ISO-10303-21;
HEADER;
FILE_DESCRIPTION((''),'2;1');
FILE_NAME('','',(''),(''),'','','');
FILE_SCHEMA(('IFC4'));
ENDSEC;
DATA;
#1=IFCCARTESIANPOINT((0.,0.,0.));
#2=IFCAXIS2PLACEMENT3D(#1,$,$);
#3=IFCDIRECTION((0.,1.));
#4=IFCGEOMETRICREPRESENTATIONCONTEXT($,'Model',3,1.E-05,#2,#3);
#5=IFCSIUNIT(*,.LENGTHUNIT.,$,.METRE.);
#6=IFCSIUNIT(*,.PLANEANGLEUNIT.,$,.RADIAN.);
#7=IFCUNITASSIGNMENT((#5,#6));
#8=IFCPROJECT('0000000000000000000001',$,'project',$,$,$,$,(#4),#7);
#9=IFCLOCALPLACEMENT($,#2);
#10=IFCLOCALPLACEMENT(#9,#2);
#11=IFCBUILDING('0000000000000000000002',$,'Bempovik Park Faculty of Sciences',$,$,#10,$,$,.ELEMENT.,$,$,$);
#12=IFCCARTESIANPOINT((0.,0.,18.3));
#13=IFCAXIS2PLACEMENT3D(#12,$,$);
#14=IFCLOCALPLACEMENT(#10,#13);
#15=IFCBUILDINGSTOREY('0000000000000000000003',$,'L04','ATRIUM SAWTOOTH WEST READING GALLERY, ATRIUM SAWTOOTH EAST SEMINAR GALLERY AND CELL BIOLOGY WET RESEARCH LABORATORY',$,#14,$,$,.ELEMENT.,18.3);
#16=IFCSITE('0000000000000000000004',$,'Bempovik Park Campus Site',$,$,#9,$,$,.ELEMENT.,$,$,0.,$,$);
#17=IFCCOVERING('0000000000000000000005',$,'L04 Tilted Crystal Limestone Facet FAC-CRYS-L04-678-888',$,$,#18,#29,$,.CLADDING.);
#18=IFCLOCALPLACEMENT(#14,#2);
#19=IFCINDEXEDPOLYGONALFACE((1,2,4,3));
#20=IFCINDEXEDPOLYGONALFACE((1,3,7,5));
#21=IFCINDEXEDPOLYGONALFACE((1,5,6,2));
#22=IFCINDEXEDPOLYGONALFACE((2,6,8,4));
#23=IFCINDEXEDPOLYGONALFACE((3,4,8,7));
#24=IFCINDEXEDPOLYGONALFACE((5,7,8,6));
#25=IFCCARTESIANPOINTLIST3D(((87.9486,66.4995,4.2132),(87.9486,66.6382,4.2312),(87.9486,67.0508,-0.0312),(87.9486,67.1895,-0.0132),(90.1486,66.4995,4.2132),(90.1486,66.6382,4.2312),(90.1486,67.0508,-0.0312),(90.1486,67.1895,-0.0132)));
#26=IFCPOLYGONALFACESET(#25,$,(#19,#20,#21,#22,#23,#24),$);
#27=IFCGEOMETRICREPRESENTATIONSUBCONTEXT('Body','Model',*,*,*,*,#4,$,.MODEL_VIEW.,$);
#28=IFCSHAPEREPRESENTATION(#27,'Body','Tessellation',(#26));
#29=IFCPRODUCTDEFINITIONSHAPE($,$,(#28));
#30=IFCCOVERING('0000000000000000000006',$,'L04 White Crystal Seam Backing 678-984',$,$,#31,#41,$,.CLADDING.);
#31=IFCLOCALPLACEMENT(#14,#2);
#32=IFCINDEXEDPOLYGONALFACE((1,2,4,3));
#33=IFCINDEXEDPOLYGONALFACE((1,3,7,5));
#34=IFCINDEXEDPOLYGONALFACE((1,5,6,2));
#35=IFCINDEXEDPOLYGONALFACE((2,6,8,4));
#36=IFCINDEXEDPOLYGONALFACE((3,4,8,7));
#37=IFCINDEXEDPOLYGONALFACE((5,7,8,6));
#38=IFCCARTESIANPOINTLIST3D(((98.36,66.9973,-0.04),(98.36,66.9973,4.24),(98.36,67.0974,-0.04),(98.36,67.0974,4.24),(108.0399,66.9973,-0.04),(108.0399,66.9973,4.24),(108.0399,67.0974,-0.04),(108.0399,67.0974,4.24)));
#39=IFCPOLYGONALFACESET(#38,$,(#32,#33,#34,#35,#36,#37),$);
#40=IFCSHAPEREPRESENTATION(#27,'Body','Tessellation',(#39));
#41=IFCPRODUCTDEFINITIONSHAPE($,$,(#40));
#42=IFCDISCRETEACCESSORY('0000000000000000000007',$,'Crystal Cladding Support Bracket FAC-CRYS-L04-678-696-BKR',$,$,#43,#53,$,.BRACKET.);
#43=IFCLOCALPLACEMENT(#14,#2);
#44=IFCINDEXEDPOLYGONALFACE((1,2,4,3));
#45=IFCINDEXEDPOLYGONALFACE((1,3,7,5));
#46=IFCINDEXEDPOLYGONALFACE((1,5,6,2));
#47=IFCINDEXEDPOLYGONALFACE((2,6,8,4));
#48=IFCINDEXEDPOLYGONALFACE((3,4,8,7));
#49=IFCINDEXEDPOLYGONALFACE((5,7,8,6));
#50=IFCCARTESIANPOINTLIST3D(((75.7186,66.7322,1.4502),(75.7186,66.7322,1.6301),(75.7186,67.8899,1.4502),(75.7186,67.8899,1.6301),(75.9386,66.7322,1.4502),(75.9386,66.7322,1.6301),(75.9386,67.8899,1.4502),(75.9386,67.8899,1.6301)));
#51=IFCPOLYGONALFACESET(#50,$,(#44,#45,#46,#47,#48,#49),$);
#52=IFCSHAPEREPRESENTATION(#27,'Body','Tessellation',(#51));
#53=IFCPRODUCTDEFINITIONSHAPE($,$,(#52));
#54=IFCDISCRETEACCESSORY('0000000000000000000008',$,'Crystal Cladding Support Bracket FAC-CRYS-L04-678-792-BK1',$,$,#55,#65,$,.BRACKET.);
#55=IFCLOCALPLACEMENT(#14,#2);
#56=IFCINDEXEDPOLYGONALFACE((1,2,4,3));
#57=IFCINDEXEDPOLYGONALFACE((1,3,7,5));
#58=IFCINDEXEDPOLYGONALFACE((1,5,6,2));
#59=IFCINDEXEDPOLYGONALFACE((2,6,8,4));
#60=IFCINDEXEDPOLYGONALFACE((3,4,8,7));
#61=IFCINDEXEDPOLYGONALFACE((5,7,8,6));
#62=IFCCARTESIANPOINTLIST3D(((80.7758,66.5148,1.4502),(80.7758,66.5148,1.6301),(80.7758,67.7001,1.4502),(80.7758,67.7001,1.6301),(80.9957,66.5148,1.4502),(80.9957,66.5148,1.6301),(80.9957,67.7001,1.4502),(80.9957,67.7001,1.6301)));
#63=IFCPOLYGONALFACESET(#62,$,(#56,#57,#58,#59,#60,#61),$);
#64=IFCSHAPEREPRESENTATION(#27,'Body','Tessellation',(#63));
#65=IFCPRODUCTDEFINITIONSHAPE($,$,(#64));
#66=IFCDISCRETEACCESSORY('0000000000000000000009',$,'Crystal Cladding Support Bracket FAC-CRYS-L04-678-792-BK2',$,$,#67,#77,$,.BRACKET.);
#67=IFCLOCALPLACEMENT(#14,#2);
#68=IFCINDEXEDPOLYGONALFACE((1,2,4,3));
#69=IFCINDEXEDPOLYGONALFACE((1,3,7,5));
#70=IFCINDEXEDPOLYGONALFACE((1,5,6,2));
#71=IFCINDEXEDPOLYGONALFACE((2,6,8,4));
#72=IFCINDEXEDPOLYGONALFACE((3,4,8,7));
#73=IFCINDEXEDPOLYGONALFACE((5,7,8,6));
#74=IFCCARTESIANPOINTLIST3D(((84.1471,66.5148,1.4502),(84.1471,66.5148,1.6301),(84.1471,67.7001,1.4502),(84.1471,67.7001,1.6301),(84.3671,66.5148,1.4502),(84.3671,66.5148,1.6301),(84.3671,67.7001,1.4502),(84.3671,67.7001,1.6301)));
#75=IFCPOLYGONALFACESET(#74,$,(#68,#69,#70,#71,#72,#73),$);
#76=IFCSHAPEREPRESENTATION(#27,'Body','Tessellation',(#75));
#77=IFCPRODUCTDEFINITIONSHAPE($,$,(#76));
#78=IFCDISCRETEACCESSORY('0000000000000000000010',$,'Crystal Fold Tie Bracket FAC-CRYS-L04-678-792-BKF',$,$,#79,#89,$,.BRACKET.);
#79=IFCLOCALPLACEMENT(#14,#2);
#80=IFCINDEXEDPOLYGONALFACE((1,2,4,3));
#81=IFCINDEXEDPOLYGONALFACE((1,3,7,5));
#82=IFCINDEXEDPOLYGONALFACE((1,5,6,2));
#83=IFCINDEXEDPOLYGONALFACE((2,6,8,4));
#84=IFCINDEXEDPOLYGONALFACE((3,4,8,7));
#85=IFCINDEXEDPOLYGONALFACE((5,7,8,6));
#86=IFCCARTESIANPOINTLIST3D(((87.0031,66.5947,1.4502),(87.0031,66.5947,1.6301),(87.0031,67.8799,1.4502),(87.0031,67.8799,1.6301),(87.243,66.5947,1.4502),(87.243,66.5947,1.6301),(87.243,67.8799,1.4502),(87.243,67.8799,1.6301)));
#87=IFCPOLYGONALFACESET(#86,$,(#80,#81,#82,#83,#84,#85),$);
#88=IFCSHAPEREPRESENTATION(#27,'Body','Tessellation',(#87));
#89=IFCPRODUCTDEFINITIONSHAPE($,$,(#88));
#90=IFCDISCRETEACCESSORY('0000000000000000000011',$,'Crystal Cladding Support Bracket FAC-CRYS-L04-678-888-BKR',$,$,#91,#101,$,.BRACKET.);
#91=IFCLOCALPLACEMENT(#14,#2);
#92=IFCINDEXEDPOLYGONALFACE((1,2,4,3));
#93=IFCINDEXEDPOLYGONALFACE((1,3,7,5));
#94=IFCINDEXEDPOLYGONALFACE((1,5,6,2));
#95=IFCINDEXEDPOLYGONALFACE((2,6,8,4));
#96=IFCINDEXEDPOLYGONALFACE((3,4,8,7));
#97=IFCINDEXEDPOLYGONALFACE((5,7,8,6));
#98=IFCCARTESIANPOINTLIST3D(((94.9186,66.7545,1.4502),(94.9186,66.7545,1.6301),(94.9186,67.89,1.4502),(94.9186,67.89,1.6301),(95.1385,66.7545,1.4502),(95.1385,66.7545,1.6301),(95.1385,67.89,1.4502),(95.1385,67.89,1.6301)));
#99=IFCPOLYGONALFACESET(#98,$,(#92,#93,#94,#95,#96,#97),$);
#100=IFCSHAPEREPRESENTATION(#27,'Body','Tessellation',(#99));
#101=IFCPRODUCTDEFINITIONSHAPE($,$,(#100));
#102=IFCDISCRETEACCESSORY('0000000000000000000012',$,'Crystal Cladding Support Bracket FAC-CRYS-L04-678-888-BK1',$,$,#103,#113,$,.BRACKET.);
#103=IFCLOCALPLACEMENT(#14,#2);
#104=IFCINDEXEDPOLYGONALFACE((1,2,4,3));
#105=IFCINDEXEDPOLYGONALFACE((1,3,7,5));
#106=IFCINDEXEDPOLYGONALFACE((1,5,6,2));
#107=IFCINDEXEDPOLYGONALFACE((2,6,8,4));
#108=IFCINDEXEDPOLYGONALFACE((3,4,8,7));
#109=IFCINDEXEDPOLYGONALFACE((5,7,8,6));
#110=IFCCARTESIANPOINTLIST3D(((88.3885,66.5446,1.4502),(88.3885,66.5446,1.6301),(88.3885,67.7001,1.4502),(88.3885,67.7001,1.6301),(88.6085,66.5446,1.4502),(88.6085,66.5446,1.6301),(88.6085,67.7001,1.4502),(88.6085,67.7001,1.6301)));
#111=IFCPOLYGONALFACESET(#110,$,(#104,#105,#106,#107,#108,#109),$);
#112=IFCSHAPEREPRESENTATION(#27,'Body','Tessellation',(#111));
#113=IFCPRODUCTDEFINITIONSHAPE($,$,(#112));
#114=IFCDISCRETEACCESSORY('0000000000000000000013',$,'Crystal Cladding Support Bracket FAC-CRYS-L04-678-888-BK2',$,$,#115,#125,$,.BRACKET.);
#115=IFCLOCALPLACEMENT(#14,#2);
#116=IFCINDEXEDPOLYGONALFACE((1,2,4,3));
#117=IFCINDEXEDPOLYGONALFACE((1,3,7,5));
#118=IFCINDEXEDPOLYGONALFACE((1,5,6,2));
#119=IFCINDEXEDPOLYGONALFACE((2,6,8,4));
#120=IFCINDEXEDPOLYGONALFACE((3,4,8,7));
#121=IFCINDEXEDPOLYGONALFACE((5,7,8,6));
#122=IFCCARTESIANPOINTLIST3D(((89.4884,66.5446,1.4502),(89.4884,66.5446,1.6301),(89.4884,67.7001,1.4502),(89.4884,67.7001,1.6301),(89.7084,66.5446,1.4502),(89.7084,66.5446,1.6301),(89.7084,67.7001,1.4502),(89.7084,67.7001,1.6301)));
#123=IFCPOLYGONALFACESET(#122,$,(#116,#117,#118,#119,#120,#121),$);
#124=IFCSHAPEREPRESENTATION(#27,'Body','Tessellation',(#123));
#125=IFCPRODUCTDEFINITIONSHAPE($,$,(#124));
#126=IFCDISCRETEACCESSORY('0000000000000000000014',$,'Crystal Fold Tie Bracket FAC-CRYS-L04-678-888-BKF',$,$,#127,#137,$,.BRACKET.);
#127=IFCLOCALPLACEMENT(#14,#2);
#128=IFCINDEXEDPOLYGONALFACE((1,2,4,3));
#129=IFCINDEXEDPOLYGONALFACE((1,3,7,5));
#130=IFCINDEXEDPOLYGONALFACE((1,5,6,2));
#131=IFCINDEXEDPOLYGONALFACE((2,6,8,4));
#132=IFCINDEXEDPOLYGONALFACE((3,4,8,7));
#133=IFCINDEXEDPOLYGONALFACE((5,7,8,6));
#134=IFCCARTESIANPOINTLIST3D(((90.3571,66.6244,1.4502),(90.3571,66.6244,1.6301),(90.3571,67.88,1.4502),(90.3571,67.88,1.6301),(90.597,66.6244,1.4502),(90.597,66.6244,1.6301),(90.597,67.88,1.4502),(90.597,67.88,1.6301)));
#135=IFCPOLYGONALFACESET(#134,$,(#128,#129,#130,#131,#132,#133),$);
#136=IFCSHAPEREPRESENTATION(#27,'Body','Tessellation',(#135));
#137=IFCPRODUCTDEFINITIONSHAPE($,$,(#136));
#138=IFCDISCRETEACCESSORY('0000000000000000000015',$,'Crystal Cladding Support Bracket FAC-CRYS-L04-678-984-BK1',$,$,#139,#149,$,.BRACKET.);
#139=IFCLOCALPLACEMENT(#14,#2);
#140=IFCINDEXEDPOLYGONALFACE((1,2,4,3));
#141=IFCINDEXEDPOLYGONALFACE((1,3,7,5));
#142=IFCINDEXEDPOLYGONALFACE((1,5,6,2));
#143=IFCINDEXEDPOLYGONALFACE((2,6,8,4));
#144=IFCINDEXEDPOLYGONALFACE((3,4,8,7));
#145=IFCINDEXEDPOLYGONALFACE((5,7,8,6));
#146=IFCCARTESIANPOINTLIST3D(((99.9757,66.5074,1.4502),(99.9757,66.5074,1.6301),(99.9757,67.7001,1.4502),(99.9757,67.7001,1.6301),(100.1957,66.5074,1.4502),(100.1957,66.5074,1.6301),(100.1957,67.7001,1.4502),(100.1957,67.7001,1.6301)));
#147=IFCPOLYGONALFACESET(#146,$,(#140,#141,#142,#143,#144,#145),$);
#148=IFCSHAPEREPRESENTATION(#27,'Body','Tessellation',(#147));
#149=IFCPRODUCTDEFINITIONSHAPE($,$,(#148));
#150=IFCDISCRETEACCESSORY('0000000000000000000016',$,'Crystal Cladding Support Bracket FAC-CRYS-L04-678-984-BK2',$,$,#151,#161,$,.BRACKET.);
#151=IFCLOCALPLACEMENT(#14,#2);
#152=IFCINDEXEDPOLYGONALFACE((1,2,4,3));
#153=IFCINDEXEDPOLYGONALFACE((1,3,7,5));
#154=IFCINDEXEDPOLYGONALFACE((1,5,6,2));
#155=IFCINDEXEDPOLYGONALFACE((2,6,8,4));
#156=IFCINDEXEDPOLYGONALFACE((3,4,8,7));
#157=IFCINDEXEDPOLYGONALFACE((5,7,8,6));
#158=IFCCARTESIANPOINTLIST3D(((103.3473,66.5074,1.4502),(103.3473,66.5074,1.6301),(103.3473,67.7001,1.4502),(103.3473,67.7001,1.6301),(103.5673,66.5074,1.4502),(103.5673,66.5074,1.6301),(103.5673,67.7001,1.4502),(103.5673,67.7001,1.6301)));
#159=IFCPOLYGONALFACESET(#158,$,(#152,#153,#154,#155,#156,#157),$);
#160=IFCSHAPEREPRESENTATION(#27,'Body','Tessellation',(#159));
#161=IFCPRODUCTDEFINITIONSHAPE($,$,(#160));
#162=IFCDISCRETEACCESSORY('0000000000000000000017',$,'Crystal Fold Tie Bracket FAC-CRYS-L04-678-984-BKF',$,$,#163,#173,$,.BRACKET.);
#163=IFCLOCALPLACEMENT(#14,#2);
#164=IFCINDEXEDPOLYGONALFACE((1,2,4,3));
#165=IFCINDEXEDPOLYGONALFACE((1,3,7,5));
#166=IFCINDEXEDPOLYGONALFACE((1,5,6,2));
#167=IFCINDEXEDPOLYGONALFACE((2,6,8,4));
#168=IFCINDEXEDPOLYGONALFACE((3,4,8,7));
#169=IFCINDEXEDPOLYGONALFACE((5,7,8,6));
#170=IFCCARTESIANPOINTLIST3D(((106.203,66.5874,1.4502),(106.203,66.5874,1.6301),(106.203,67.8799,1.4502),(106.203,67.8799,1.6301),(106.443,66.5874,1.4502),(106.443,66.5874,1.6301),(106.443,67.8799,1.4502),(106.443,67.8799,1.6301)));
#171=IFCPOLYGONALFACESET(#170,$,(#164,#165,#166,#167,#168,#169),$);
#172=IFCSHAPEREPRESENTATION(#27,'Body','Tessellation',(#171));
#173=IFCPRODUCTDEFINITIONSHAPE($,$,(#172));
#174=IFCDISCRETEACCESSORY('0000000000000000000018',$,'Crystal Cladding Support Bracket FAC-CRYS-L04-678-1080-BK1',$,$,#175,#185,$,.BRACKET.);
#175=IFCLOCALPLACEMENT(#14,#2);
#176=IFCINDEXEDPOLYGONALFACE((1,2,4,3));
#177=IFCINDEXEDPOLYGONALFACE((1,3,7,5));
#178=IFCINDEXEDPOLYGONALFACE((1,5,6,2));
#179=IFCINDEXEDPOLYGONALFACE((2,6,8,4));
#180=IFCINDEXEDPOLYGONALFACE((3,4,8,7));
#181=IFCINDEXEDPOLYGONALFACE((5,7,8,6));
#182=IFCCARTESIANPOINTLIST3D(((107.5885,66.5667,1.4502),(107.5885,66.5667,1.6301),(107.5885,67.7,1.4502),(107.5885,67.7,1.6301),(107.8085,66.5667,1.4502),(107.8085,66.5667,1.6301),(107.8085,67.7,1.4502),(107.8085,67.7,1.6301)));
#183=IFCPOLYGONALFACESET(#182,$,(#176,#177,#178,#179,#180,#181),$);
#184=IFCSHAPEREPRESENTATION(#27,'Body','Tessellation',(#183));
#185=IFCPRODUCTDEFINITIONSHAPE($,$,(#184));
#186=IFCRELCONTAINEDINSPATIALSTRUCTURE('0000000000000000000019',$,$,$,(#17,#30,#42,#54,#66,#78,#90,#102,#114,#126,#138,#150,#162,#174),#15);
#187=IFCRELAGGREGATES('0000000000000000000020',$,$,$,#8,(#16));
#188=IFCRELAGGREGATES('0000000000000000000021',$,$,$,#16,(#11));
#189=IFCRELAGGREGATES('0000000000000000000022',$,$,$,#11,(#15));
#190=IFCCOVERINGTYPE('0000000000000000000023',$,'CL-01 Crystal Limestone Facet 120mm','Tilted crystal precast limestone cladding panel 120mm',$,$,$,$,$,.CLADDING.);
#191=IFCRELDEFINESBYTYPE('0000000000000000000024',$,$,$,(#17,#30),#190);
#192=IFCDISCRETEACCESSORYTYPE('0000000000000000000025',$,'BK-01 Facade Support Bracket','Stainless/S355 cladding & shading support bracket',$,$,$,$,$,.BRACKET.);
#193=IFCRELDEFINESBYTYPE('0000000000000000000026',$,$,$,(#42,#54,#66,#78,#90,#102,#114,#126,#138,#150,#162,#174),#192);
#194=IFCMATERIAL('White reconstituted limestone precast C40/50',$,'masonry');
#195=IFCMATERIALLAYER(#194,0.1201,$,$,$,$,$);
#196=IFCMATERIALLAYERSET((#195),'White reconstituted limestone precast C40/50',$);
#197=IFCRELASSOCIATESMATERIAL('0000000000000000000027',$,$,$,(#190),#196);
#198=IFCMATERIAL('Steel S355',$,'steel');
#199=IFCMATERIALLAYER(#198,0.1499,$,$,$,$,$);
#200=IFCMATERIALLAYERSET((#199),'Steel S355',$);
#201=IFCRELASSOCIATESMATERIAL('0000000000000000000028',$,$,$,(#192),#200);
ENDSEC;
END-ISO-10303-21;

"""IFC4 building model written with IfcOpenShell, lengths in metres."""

from ifc_helpers import new_model, si_unit, direction, frame, origin, origin_2d, place, context, subcontext, project, spatial, rectangle, extrude, material, layer, layer_set, type_object, element, save


model = new_model("IFC4")

# Units and contexts
model_context = context("Model", 3, precision=1e-05, world=origin(), true_north=direction((0.0, 1.0)))
body_context = subcontext(model_context, "Body", "Model", "MODEL_VIEW")
ifc_project = project(units=[si_unit("LENGTHUNIT", "METRE"), si_unit("PLANEANGLEUNIT", "RADIAN")], contexts=[model_context])

# Site, building, storey
site_placement = place(None, origin())
site = spatial("IfcSite", under=ifc_project, at=site_placement, Name="Bempovik Park Campus Site", CompositionType="ELEMENT", RefElevation=0.0)
building_placement = place(site_placement, origin())
building = spatial("IfcBuilding", under=site, at=building_placement, Name="Bempovik Park Faculty of Sciences", CompositionType="ELEMENT")
storey_placement = place(building_placement, frame((0.0, 0.0, 18.3)))
storey = spatial("IfcBuildingStorey", under=building, at=storey_placement, Name="L04", Description="ATRIUM SAWTOOTH WEST READING GALLERY, ATRIUM SAWTOOTH EAST SEMINAR GALLERY AND CELL BIOLOGY WET RESEARCH LABORATORY", CompositionType="ELEMENT", Elevation=18.3)

# Shared definitions
ifc_material_1 = material(Name="Steel S355", Category="steel")

# Coverings
ifc_material_2 = material(Name="White reconstituted limestone precast C40/50", Category="masonry")
ifc_layer_1 = layer(ifc_material_2, 0.1201)
ifc_layer_set_1 = layer_set([ifc_layer_1], Name="White reconstituted limestone precast C40/50")
covering_type = type_object("IfcCoveringType", Name="CL-01 Crystal Limestone Facet 120mm", Description="Tilted crystal precast limestone cladding panel 120mm", PredefinedType="CLADDING", material=ifc_layer_set_1)
covering_1_placement = place(storey_placement, frame((89.0486, 67.1201, -0.0222), z_axis=(0.0, -0.128796, 0.991671), x_axis=(1.0, 0.0, 0.0)))
element("IfcCovering", 1, at=covering_1_placement, inside=storey, type_object=covering_type, Name="L04 Tilted Crystal Limestone Facet FAC-CRYS-L04-678-888", PredefinedType="CLADDING", context=body_context, shape_type="SweptSolid", body=[
    extrude(rectangle(XDim=2.2, YDim=0.1399, at=origin_2d()), origin(), (0.0, 0.0, 1.0), 4.28),
])
covering_2_placement = place(storey_placement, frame((103.2, 67.0474, -0.04), z_axis=(0.0, 0.0, 1.0), x_axis=(1.0, 0.0, 0.0)))
element("IfcCovering", 2, at=covering_2_placement, inside=storey, type_object=covering_type, Name="L04 White Crystal Seam Backing 678-984", PredefinedType="CLADDING", context=body_context, shape_type="SweptSolid", body=[
    extrude(rectangle(XDim=9.6799, YDim=0.1001, at=origin_2d()), origin(), (0.0, 0.0, 1.0), 4.28),
])

# Discrete accessories
ifc_layer_2 = layer(ifc_material_1, 0.1499)
ifc_layer_set_2 = layer_set([ifc_layer_2], Name="Steel S355")
discrete_accessory_type = type_object("IfcDiscreteAccessoryType", Name="BK-01 Facade Support Bracket", Description="Stainless/S355 cladding & shading support bracket", PredefinedType="BRACKET", material=ifc_layer_set_2)
discrete_accessory_1_placement = place(storey_placement, frame((75.8286, 67.311, 1.4502), z_axis=(0.0, 0.0, 1.0), x_axis=(1.0, 0.0, 0.0)))
element("IfcDiscreteAccessory", 3, at=discrete_accessory_1_placement, inside=storey, type_object=discrete_accessory_type, Name="Crystal Cladding Support Bracket FAC-CRYS-L04-678-696-BKR", PredefinedType="BRACKET", context=body_context, shape_type="SweptSolid", body=[
    extrude(rectangle(XDim=0.22, YDim=1.1577, at=origin_2d()), origin(), (0.0, 0.0, 1.0), 0.1799),
])
for number, where, z_axis, x_axis, name in (
    (4, (80.8857, 67.1074, 1.4502), (0.0, 0.0, 1.0), (1.0, 0.0, 0.0), "Crystal Cladding Support Bracket FAC-CRYS-L04-678-792-BK1"),
    (5, (84.2571, 67.1074, 1.4502), (0.0, 0.0, 1.0), (1.0, 0.0, 0.0), "Crystal Cladding Support Bracket FAC-CRYS-L04-678-792-BK2"),
):
    element("IfcDiscreteAccessory", number, at=place(storey_placement, frame(where, z_axis=z_axis, x_axis=x_axis)), inside=storey, type_object=discrete_accessory_type, Name=name, PredefinedType="BRACKET", context=body_context, shape_type="SweptSolid", body=[
        extrude(rectangle(XDim=0.22, YDim=1.1853, at=origin_2d()), origin(), (0.0, 0.0, 1.0), 0.1799),
    ])
discrete_accessory_2_placement = place(storey_placement, frame((87.123, 67.2373, 1.4502), z_axis=(0.0, 0.0, 1.0), x_axis=(1.0, 0.0, 0.0)))
element("IfcDiscreteAccessory", 6, at=discrete_accessory_2_placement, inside=storey, type_object=discrete_accessory_type, Name="Crystal Fold Tie Bracket FAC-CRYS-L04-678-792-BKF", PredefinedType="BRACKET", context=body_context, shape_type="SweptSolid", body=[
    extrude(rectangle(XDim=0.24, YDim=1.2852, at=origin_2d()), origin(), (0.0, 0.0, 1.0), 0.1799),
])
discrete_accessory_3_placement = place(storey_placement, frame((95.0286, 67.3223, 1.4502), z_axis=(0.0, 0.0, 1.0), x_axis=(1.0, 0.0, 0.0)))
element("IfcDiscreteAccessory", 7, at=discrete_accessory_3_placement, inside=storey, type_object=discrete_accessory_type, Name="Crystal Cladding Support Bracket FAC-CRYS-L04-678-888-BKR", PredefinedType="BRACKET", context=body_context, shape_type="SweptSolid", body=[
    extrude(rectangle(XDim=0.22, YDim=1.1355, at=origin_2d()), origin(), (0.0, 0.0, 1.0), 0.1799),
])
for number, where, z_axis, x_axis, name in (
    (8, (88.4985, 67.1223, 1.4502), (0.0, 0.0, 1.0), (1.0, 0.0, 0.0), "Crystal Cladding Support Bracket FAC-CRYS-L04-678-888-BK1"),
    (9, (89.5984, 67.1223, 1.4502), (0.0, 0.0, 1.0), (1.0, 0.0, 0.0), "Crystal Cladding Support Bracket FAC-CRYS-L04-678-888-BK2"),
):
    element("IfcDiscreteAccessory", number, at=place(storey_placement, frame(where, z_axis=z_axis, x_axis=x_axis)), inside=storey, type_object=discrete_accessory_type, Name=name, PredefinedType="BRACKET", context=body_context, shape_type="SweptSolid", body=[
        extrude(rectangle(XDim=0.22, YDim=1.1555, at=origin_2d()), origin(), (0.0, 0.0, 1.0), 0.1799),
    ])
discrete_accessory_4_placement = place(storey_placement, frame((90.4771, 67.2522, 1.4502), z_axis=(0.0, 0.0, 1.0), x_axis=(1.0, 0.0, 0.0)))
element("IfcDiscreteAccessory", 10, at=discrete_accessory_4_placement, inside=storey, type_object=discrete_accessory_type, Name="Crystal Fold Tie Bracket FAC-CRYS-L04-678-888-BKF", PredefinedType="BRACKET", context=body_context, shape_type="SweptSolid", body=[
    extrude(rectangle(XDim=0.24, YDim=1.2556, at=origin_2d()), origin(), (0.0, 0.0, 1.0), 0.1799),
])
for number, where, z_axis, x_axis, name in (
    (11, (100.0857, 67.1038, 1.4502), (0.0, 0.0, 1.0), (1.0, 0.0, 0.0), "Crystal Cladding Support Bracket FAC-CRYS-L04-678-984-BK1"),
    (12, (103.4573, 67.1038, 1.4502), (0.0, 0.0, 1.0), (1.0, 0.0, 0.0), "Crystal Cladding Support Bracket FAC-CRYS-L04-678-984-BK2"),
):
    element("IfcDiscreteAccessory", number, at=place(storey_placement, frame(where, z_axis=z_axis, x_axis=x_axis)), inside=storey, type_object=discrete_accessory_type, Name=name, PredefinedType="BRACKET", context=body_context, shape_type="SweptSolid", body=[
        extrude(rectangle(XDim=0.22, YDim=1.1926, at=origin_2d()), origin(), (0.0, 0.0, 1.0), 0.1799),
    ])
discrete_accessory_5_placement = place(storey_placement, frame((106.323, 67.2336, 1.4502), z_axis=(0.0, 0.0, 1.0), x_axis=(1.0, 0.0, 0.0)))
element("IfcDiscreteAccessory", 13, at=discrete_accessory_5_placement, inside=storey, type_object=discrete_accessory_type, Name="Crystal Fold Tie Bracket FAC-CRYS-L04-678-984-BKF", PredefinedType="BRACKET", context=body_context, shape_type="SweptSolid", body=[
    extrude(rectangle(XDim=0.24, YDim=1.2925, at=origin_2d()), origin(), (0.0, 0.0, 1.0), 0.1799),
])
discrete_accessory_6_placement = place(storey_placement, frame((107.6985, 67.1333, 1.4502), z_axis=(0.0, 0.0, 1.0), x_axis=(1.0, 0.0, 0.0)))
element("IfcDiscreteAccessory", 14, at=discrete_accessory_6_placement, inside=storey, type_object=discrete_accessory_type, Name="Crystal Cladding Support Bracket FAC-CRYS-L04-678-1080-BK1", PredefinedType="BRACKET", context=body_context, shape_type="SweptSolid", body=[
    extrude(rectangle(XDim=0.22, YDim=1.1333, at=origin_2d()), origin(), (0.0, 0.0, 1.0), 0.1799),
])

save(model, "model.ifc")
